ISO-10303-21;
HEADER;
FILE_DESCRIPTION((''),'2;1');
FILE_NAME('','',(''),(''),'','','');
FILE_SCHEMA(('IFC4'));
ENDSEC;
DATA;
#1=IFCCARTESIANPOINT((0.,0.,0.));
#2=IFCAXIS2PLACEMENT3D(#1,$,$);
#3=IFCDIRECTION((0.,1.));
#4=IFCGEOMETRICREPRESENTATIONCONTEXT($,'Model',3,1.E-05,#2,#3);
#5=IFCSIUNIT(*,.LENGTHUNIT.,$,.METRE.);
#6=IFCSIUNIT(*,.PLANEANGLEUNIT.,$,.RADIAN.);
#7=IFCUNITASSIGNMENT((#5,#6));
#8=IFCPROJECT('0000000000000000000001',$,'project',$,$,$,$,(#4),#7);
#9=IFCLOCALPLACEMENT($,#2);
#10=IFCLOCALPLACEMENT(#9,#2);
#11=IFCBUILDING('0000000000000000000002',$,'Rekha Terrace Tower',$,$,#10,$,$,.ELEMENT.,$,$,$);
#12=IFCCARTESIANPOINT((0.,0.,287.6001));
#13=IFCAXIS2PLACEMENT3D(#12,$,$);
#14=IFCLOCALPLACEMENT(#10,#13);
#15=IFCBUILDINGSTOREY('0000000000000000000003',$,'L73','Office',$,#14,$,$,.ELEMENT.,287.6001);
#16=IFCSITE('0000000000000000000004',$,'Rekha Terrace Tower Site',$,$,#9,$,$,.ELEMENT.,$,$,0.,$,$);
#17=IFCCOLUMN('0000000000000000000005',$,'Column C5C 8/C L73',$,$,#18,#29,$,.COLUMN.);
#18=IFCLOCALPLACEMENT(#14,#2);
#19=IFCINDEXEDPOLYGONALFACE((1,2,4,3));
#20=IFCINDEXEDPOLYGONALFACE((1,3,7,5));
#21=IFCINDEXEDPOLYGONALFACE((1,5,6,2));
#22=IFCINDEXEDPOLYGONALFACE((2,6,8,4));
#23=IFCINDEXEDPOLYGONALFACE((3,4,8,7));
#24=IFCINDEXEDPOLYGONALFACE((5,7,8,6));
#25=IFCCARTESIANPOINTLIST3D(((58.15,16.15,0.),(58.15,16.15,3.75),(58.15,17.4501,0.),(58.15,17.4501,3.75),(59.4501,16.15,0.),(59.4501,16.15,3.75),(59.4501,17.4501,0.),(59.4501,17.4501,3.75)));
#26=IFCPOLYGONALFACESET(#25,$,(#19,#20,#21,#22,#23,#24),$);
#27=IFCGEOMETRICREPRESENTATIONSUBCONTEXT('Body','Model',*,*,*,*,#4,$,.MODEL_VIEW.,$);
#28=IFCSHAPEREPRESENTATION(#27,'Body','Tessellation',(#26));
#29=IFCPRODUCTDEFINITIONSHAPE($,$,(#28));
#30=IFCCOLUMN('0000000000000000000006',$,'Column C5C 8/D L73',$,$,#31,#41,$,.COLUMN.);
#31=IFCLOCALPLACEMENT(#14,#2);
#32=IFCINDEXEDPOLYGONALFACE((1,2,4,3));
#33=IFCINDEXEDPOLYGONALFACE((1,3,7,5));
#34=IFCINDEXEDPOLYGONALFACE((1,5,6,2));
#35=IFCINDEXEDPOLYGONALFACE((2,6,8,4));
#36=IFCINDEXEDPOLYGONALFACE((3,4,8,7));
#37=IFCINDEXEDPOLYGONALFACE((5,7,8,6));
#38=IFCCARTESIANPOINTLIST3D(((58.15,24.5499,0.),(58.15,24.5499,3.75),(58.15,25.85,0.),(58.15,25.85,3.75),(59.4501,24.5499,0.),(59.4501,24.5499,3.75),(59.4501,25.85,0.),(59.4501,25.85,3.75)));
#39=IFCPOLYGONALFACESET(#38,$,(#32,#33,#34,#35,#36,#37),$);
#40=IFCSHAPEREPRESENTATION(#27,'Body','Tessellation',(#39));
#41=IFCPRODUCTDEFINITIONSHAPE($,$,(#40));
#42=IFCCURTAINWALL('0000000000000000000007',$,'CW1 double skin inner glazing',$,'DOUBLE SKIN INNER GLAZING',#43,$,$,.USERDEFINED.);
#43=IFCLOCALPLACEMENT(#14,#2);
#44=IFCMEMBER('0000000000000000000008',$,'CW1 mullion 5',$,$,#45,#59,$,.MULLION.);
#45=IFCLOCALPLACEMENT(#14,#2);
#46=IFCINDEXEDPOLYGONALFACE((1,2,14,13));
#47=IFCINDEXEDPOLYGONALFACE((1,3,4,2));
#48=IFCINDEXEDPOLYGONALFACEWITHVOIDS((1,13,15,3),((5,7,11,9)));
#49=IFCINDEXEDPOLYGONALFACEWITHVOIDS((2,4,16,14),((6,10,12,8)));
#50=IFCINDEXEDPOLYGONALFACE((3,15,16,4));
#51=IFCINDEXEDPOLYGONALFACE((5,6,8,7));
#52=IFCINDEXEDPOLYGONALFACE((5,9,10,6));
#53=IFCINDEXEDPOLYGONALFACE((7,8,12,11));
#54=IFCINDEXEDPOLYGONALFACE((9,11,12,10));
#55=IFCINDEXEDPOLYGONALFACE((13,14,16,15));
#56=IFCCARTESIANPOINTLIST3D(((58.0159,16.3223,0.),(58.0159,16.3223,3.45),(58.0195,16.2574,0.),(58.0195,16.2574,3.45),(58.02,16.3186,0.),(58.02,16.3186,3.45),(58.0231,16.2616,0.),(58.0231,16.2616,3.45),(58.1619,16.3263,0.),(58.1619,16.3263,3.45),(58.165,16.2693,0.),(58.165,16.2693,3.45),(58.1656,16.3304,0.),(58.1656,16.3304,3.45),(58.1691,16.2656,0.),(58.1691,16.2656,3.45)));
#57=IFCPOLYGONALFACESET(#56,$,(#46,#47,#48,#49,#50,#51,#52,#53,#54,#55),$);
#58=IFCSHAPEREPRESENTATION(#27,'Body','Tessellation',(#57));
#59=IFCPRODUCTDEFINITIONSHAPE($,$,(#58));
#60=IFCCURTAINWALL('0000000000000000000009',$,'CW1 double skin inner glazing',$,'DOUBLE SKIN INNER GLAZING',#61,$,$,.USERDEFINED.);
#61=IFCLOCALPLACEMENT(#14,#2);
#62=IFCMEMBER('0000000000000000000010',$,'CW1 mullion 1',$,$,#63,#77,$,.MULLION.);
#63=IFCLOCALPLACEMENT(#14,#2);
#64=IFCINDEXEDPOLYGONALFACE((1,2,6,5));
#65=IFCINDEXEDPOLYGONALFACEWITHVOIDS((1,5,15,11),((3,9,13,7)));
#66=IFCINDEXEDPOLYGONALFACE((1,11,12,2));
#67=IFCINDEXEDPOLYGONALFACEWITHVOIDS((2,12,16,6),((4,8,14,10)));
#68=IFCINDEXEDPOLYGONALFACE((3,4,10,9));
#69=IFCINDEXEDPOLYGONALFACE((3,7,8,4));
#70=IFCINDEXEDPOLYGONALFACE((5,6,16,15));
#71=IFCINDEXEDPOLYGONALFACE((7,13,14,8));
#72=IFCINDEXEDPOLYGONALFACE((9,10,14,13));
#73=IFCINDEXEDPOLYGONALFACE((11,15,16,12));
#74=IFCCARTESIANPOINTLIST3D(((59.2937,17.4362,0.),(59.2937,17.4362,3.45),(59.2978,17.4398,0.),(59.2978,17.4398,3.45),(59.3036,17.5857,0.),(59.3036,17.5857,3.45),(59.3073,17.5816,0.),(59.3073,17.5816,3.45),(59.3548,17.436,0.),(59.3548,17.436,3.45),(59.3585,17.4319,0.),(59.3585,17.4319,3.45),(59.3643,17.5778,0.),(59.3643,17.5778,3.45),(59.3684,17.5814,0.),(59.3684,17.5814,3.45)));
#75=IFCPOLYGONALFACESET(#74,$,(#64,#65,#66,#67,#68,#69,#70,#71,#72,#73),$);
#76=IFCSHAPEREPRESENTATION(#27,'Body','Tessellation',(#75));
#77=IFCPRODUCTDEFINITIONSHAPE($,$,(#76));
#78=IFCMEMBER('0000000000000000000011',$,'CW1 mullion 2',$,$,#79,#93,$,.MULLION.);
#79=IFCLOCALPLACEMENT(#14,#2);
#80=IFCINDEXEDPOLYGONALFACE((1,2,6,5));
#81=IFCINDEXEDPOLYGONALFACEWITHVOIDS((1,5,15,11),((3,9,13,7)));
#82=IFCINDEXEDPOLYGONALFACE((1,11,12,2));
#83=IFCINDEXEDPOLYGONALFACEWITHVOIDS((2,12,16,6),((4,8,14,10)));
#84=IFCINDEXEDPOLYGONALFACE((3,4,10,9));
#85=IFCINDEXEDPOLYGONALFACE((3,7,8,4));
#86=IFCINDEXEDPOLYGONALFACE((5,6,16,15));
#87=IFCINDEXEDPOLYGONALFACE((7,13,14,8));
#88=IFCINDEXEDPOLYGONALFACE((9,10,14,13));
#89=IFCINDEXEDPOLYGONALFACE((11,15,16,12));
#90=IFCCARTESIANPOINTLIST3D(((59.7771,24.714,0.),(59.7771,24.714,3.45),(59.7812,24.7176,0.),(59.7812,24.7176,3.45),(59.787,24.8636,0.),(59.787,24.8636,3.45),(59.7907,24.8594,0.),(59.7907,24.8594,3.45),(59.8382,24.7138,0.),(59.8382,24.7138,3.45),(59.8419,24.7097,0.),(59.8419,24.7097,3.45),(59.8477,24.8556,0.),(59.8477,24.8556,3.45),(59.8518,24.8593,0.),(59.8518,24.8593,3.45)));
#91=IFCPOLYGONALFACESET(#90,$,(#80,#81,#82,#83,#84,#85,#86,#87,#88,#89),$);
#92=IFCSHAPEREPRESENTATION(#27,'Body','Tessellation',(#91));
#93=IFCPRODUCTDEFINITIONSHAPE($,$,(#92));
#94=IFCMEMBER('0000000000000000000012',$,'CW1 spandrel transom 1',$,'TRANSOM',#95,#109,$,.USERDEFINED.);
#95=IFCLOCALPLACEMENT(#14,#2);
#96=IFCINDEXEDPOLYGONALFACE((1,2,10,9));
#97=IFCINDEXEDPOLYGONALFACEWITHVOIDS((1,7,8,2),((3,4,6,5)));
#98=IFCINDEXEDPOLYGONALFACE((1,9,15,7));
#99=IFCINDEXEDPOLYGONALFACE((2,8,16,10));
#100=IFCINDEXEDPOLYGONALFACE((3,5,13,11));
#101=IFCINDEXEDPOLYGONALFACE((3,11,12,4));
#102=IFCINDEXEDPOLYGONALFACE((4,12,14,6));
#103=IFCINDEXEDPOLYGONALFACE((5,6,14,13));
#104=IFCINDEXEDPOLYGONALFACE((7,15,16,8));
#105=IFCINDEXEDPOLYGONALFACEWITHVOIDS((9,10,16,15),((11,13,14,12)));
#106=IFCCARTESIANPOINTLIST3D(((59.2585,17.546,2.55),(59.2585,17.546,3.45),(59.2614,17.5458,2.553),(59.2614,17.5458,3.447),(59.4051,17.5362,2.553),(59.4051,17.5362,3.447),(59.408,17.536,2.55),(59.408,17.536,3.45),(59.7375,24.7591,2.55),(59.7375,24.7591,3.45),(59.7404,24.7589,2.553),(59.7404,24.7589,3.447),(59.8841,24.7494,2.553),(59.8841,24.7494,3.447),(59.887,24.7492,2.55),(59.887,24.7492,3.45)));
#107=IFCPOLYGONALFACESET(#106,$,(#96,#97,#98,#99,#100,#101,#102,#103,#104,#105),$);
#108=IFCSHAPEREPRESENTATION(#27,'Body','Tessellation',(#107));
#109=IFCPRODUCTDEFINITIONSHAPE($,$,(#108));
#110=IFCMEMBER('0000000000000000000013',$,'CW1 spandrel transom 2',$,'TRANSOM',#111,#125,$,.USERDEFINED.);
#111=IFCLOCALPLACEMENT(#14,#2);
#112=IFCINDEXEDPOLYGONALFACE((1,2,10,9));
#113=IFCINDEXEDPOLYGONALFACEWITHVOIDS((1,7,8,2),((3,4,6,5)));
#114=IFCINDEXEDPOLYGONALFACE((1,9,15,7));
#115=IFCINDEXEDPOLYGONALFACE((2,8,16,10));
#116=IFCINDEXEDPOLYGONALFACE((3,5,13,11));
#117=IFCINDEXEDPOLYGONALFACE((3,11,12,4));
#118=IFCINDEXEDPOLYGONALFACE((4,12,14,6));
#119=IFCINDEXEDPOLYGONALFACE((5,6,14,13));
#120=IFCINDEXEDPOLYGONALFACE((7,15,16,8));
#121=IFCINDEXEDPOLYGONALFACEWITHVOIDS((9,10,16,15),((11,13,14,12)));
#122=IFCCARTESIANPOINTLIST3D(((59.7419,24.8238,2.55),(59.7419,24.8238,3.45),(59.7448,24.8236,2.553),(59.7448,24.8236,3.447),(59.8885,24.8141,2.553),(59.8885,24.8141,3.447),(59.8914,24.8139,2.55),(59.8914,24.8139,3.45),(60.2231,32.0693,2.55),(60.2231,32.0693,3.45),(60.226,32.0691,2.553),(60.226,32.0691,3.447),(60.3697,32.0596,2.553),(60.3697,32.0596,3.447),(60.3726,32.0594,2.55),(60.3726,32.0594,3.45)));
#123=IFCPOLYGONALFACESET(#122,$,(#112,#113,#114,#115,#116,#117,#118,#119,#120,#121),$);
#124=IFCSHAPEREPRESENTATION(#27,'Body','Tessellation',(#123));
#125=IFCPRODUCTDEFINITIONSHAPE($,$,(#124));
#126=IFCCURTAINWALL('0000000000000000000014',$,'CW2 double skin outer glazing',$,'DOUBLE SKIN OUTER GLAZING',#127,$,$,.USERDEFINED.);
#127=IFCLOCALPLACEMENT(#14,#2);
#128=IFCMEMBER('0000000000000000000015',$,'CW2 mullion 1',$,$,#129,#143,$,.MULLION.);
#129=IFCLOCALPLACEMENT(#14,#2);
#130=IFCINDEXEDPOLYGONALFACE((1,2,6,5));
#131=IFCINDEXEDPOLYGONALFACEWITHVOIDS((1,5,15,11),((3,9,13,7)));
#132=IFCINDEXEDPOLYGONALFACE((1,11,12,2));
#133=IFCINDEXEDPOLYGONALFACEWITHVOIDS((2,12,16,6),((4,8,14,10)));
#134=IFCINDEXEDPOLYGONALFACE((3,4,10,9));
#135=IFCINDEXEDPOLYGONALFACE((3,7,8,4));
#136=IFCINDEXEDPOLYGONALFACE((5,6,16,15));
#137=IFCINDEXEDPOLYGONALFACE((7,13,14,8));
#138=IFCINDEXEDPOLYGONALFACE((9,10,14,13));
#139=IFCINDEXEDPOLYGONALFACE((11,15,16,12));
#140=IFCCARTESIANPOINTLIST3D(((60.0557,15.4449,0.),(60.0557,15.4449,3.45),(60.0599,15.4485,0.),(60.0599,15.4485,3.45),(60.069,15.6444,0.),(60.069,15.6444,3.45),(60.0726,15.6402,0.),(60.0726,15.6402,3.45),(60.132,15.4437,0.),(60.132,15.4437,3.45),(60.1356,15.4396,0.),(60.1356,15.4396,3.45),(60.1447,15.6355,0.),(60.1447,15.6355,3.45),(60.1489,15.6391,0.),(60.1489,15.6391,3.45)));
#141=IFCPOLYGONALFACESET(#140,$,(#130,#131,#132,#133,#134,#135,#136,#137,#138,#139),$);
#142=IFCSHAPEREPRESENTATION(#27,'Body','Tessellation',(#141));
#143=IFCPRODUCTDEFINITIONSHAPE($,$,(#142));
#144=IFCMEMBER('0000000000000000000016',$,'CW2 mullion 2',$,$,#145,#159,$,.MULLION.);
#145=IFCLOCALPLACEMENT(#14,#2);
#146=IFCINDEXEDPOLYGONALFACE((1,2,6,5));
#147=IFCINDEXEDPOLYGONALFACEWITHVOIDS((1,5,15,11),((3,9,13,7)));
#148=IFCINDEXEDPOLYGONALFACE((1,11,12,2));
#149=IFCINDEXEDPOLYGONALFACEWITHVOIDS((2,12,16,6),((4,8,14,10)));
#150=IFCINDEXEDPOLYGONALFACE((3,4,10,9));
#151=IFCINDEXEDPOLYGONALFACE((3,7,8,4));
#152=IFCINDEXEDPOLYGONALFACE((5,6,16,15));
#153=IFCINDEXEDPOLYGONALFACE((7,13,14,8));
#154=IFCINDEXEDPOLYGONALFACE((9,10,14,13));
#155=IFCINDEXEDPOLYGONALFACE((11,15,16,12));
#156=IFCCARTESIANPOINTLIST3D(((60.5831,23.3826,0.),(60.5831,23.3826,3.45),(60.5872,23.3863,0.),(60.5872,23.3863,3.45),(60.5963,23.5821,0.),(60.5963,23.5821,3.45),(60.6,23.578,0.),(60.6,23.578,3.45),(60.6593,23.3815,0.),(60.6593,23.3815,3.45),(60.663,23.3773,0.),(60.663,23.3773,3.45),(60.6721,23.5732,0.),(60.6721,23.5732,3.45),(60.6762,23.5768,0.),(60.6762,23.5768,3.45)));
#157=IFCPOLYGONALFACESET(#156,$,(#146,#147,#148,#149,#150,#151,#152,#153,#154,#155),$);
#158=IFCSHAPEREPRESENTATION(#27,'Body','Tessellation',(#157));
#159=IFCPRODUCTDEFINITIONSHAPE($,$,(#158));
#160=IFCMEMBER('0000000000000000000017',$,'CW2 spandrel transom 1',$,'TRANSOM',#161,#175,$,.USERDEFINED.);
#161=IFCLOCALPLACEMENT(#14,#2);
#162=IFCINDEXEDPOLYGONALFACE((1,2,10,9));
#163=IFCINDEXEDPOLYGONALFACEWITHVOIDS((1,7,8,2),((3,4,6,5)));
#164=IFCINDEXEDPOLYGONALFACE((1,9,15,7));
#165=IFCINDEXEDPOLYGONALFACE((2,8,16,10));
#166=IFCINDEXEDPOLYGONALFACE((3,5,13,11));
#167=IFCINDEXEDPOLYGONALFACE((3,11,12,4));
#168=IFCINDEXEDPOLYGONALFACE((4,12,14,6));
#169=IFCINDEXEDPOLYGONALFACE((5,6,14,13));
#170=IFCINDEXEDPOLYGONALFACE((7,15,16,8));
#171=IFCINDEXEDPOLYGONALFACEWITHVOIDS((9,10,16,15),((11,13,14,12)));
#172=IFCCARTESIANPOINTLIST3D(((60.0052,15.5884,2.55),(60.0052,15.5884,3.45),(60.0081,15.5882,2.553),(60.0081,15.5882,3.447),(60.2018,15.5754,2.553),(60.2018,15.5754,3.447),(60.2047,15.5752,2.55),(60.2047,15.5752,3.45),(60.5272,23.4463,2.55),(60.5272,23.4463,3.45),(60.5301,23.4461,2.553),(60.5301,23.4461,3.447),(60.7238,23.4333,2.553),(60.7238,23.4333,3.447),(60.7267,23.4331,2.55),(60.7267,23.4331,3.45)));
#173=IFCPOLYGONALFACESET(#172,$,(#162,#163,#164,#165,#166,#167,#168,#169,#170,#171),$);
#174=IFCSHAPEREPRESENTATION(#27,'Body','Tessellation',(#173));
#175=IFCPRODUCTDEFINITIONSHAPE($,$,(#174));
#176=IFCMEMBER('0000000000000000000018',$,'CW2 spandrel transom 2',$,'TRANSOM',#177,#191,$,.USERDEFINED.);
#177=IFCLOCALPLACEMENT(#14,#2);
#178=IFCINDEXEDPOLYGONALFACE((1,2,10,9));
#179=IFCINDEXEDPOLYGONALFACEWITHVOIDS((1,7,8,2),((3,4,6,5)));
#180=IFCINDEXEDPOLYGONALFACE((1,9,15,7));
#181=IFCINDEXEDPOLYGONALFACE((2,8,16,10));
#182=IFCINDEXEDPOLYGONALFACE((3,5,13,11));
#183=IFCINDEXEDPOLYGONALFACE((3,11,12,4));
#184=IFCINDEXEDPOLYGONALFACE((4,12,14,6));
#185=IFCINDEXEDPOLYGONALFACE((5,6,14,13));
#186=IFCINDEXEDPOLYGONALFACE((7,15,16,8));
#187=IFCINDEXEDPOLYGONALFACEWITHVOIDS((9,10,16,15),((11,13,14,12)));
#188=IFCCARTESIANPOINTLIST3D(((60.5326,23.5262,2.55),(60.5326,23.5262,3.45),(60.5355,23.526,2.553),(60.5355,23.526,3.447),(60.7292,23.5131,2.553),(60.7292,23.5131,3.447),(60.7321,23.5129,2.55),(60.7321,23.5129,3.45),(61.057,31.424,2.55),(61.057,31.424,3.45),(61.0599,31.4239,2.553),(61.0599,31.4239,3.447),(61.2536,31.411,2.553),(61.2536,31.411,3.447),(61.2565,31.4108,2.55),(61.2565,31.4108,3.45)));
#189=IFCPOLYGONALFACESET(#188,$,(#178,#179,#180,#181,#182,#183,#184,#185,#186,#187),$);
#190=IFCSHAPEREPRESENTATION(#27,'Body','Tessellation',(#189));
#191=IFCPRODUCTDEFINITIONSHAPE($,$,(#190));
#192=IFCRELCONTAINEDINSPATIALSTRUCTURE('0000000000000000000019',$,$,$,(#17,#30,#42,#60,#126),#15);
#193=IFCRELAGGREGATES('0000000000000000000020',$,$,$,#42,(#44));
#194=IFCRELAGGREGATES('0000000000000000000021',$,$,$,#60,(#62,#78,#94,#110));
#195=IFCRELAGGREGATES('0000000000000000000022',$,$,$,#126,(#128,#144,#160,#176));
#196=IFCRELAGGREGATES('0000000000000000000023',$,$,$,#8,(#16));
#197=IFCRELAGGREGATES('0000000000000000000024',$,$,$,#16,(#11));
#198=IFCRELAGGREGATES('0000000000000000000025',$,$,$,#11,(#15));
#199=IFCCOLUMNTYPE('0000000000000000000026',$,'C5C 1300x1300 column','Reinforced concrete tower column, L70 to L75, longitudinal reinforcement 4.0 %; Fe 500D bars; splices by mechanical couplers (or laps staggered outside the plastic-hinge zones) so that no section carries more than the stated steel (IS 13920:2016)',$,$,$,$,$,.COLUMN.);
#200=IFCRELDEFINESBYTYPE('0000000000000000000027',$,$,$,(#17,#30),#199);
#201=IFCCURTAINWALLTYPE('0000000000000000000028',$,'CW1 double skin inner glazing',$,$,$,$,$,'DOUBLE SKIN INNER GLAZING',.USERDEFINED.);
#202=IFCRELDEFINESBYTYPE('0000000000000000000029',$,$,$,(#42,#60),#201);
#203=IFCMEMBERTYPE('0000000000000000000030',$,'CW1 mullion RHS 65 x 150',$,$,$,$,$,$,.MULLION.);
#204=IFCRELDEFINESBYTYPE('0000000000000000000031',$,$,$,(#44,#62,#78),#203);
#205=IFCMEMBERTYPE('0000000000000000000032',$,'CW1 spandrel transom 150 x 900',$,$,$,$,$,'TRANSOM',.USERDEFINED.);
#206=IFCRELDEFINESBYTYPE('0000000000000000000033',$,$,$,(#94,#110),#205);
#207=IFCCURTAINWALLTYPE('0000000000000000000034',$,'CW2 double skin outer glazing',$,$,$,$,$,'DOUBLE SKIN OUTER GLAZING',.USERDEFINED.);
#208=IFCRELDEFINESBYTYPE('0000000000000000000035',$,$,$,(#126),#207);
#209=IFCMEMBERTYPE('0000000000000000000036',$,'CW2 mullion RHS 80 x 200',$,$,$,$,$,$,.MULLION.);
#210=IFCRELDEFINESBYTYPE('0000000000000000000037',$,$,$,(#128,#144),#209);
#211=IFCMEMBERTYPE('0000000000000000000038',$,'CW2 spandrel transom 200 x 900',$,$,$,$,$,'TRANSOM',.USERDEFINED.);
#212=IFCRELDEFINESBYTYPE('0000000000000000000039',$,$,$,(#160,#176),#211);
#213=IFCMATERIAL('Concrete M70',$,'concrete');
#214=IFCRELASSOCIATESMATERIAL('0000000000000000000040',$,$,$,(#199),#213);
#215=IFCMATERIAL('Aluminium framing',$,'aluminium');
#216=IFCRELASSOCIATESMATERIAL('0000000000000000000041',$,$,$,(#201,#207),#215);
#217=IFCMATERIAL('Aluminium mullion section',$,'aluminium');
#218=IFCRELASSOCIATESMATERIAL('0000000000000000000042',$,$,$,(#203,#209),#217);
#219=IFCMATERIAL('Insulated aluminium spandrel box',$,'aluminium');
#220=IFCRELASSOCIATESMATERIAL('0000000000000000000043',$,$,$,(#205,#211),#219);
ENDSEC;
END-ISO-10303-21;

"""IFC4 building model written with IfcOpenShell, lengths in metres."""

from ifc_helpers import new_model, si_unit, direction, frame, origin, origin_2d, place, context, subcontext, project, spatial, rectangle, hollow_rectangle, extrude, material, material_profile, profile_set, type_object, element, aggregate, save


model = new_model("IFC4")

# Units and contexts
model_context = context("Model", 3, precision=1e-05, world=origin(), true_north=direction((0.0, 1.0)))
body_context = subcontext(model_context, "Body", "Model", "MODEL_VIEW")
ifc_project = project(units=[si_unit("LENGTHUNIT", "METRE"), si_unit("PLANEANGLEUNIT", "RADIAN")], contexts=[model_context])

# Site, building, storey
site_placement = place(None, origin())
site = spatial("IfcSite", under=ifc_project, at=site_placement, Name="Rekha Terrace Tower Site", CompositionType="ELEMENT", RefElevation=0.0)
building_placement = place(site_placement, origin())
building = spatial("IfcBuilding", under=site, at=building_placement, Name="Rekha Terrace Tower", CompositionType="ELEMENT")
storey_placement = place(building_placement, frame((0.0, 0.0, 287.6001)))
storey = spatial("IfcBuildingStorey", under=building, at=storey_placement, Name="L73", Description="Office", CompositionType="ELEMENT", Elevation=287.6001)

# Columns
ifc_material_1 = material(Name="Concrete M70", Category="concrete")
ifc_material_profile_1 = material_profile(ifc_material_1, rectangle(XDim=1.3, YDim=1.3, at=origin_2d()), Name="RC 1300x1300")
ifc_profile_set_1 = profile_set([ifc_material_profile_1], Name="Concrete M70")
column_type = type_object("IfcColumnType", Name="C5C 1300x1300 column", Description="Reinforced concrete tower column, L70 to L75, longitudinal reinforcement 4.0 %; Fe 500D bars; splices by mechanical couplers (or laps staggered outside the plastic-hinge zones) so that no section carries more than the stated steel (IS 13920:2016)", PredefinedType="COLUMN", material=ifc_profile_set_1)
for number, where, z_axis, x_axis, name in (
    (1, (58.8, 16.8, 0.0), (0.0, 0.0, 1.0), (1.0, 0.0, 0.0), "Column C5C 8/C L73"),
    (2, (58.8, 25.2, 0.0), (0.0, 0.0, 1.0), (1.0, 0.0, 0.0), "Column C5C 8/D L73"),
):
    element("IfcColumn", number, at=place(storey_placement, frame(where, z_axis=z_axis, x_axis=x_axis)), inside=storey, type_object=column_type, Name=name, PredefinedType="COLUMN", context=body_context, shape_type="SweptSolid", body=[
        extrude(rectangle(XDim=1.3, YDim=1.3, at=origin_2d()), origin(), (0.0, 0.0, 1.0), 3.75),
    ])

# Curtain wall, member
ifc_material_2 = material(Name="Aluminium framing", Category="aluminium")
curtain_wall_type_1 = type_object("IfcCurtainWallType", Name="CW1 double skin inner glazing", ElementType="DOUBLE SKIN INNER GLAZING", PredefinedType="USERDEFINED", material=ifc_material_2)
curtain_wall_1_placement = place(storey_placement, origin())
curtain_wall_1 = element("IfcCurtainWall", 3, at=curtain_wall_1_placement, inside=storey, type_object=curtain_wall_type_1, Name="CW1 double skin inner glazing", ObjectType="DOUBLE SKIN INNER GLAZING", PredefinedType="USERDEFINED")
ifc_material_3 = material(Name="Aluminium mullion section", Category="aluminium")
ifc_material_profile_2 = material_profile(ifc_material_3, hollow_rectangle(XDim=0.0649, YDim=0.1499, WallThickness=0.0039, at=origin_2d()), Name="AL RHS 65x150")
ifc_profile_set_2 = profile_set([ifc_material_profile_2], Name="Aluminium mullion section")
member_type_1 = type_object("IfcMemberType", Name="CW1 mullion RHS 65 x 150", PredefinedType="MULLION", material=ifc_profile_set_2)
member_1_placement = place(storey_placement, frame((58.0925, 16.2939, 0.0), z_axis=(0.0, 0.0, 1.0), x_axis=(-0.054389, 0.99852, 0.0)))
member_1 = element("IfcMember", 4, at=member_1_placement, type_object=member_type_1, Name="CW1 mullion 5", PredefinedType="MULLION", context=body_context, shape_type="SweptSolid", body=[
    extrude(hollow_rectangle(XDim=0.0649, YDim=0.1499, WallThickness=0.0039, at=origin_2d()), origin(), (0.0, 0.0, 1.0), 3.45),
])

# Curtain walls, members
curtain_wall_2_placement = place(storey_placement, origin())
curtain_wall_2 = element("IfcCurtainWall", 5, at=curtain_wall_2_placement, inside=storey, type_object=curtain_wall_type_1, Name="CW1 double skin inner glazing", ObjectType="DOUBLE SKIN INNER GLAZING", PredefinedType="USERDEFINED")
member_2_placement = place(storey_placement, frame((59.3311, 17.5088, 0.0), z_axis=(0.0, 0.0, 1.0), x_axis=(-0.997802, 0.066272, 0.0)))
member_2 = element("IfcMember", 6, at=member_2_placement, type_object=member_type_1, Name="CW1 mullion 1", PredefinedType="MULLION", context=body_context, shape_type="SweptSolid", body=[
    extrude(hollow_rectangle(XDim=0.0649, YDim=0.1499, WallThickness=0.0039, at=origin_2d()), origin(), (0.0, 0.0, 1.0), 3.45),
])
member_3_placement = place(storey_placement, frame((59.8145, 24.7866, 0.0), z_axis=(0.0, 0.0, 1.0), x_axis=(-0.997802, 0.066272, 0.0)))
member_3 = element("IfcMember", 7, at=member_3_placement, type_object=member_type_1, Name="CW1 mullion 2", PredefinedType="MULLION", context=body_context, shape_type="SweptSolid", body=[
    extrude(hollow_rectangle(XDim=0.0649, YDim=0.1499, WallThickness=0.0039, at=origin_2d()), origin(), (0.0, 0.0, 1.0), 3.45),
])
ifc_material_4 = material(Name="Insulated aluminium spandrel box", Category="aluminium")
ifc_material_profile_3 = material_profile(ifc_material_4, hollow_rectangle(XDim=0.1499, YDim=0.8999, WallThickness=0.0029, at=origin_2d()), Name="AL SPANDREL BOX 150x900")
ifc_profile_set_3 = profile_set([ifc_material_profile_3], Name="Insulated aluminium spandrel box")
member_type_2 = type_object("IfcMemberType", Name="CW1 spandrel transom 150 x 900", ElementType="TRANSOM", PredefinedType="USERDEFINED", material=ifc_profile_set_3)
member_4_placement = place(storey_placement, frame((59.3333, 17.541, 3.0), z_axis=(0.066261, 0.997802, 0.0), x_axis=(-0.997802, 0.066261, 0.0)))
member_4 = element("IfcMember", 8, at=member_4_placement, type_object=member_type_2, Name="CW1 spandrel transom 1", ObjectType="TRANSOM", PredefinedType="USERDEFINED", context=body_context, shape_type="SweptSolid", body=[
    extrude(hollow_rectangle(XDim=0.1499, YDim=0.8999, WallThickness=0.0029, at=origin_2d()), origin(), (0.0, 0.0, 1.0), 7.229),
])
member_5_placement = place(storey_placement, frame((59.8167, 24.8188, 3.0), z_axis=(0.066267, 0.997802, 0.0), x_axis=(-0.997802, 0.066267, 0.0)))
member_5 = element("IfcMember", 9, at=member_5_placement, type_object=member_type_2, Name="CW1 spandrel transom 2", ObjectType="TRANSOM", PredefinedType="USERDEFINED", context=body_context, shape_type="SweptSolid", body=[
    extrude(hollow_rectangle(XDim=0.1499, YDim=0.8999, WallThickness=0.0029, at=origin_2d()), origin(), (0.0, 0.0, 1.0), 7.2615),
])
curtain_wall_type_2 = type_object("IfcCurtainWallType", Name="CW2 double skin outer glazing", ElementType="DOUBLE SKIN OUTER GLAZING", PredefinedType="USERDEFINED", material=ifc_material_2)
curtain_wall_3_placement = place(storey_placement, origin())
curtain_wall_3 = element("IfcCurtainWall", 10, at=curtain_wall_3_placement, inside=storey, type_object=curtain_wall_type_2, Name="CW2 double skin outer glazing", ObjectType="DOUBLE SKIN OUTER GLAZING", PredefinedType="USERDEFINED")
ifc_material_profile_4 = material_profile(ifc_material_3, hollow_rectangle(XDim=0.0801, YDim=0.2, WallThickness=0.0039, at=origin_2d()), Name="AL RHS 80x200")
ifc_profile_set_4 = profile_set([ifc_material_profile_4], Name="Aluminium mullion section")
member_type_3 = type_object("IfcMemberType", Name="CW2 mullion RHS 80 x 200", PredefinedType="MULLION", material=ifc_profile_set_4)
member_6_placement = place(storey_placement, frame((60.1023, 15.542, 0.0), z_axis=(0.0, 0.0, 1.0), x_axis=(-0.997802, 0.066272, 0.0)))
member_6 = element("IfcMember", 11, at=member_6_placement, type_object=member_type_3, Name="CW2 mullion 1", PredefinedType="MULLION", context=body_context, shape_type="SweptSolid", body=[
    extrude(hollow_rectangle(XDim=0.0801, YDim=0.2, WallThickness=0.0039, at=origin_2d()), origin(), (0.0, 0.0, 1.0), 3.45),
])
member_7_placement = place(storey_placement, frame((60.6296, 23.4797, 0.0), z_axis=(0.0, 0.0, 1.0), x_axis=(-0.997802, 0.066272, 0.0)))
member_7 = element("IfcMember", 12, at=member_7_placement, type_object=member_type_3, Name="CW2 mullion 2", PredefinedType="MULLION", context=body_context, shape_type="SweptSolid", body=[
    extrude(hollow_rectangle(XDim=0.0801, YDim=0.2, WallThickness=0.0039, at=origin_2d()), origin(), (0.0, 0.0, 1.0), 3.45),
])
ifc_material_profile_5 = material_profile(ifc_material_4, hollow_rectangle(XDim=0.2, YDim=0.8999, WallThickness=0.0029, at=origin_2d()), Name="AL SPANDREL BOX 200x900")
ifc_profile_set_5 = profile_set([ifc_material_profile_5], Name="Insulated aluminium spandrel box")
member_type_4 = type_object("IfcMemberType", Name="CW2 spandrel transom 200 x 900", ElementType="TRANSOM", PredefinedType="USERDEFINED", material=ifc_profile_set_5)
member_8_placement = place(storey_placement, frame((60.105, 15.5818, 3.0), z_axis=(0.06628, 0.997801, 0.0), x_axis=(-0.997801, 0.06628, 0.0)))
member_8 = element("IfcMember", 13, at=member_8_placement, type_object=member_type_4, Name="CW2 spandrel transom 1", ObjectType="TRANSOM", PredefinedType="USERDEFINED", context=body_context, shape_type="SweptSolid", body=[
    extrude(hollow_rectangle(XDim=0.2, YDim=0.8999, WallThickness=0.0029, at=origin_2d()), origin(), (0.0, 0.0, 1.0), 7.8752),
])
member_9_placement = place(storey_placement, frame((60.6323, 23.5195, 3.0), z_axis=(0.066253, 0.997803, 0.0), x_axis=(-0.997803, 0.066253, 0.0)))
member_9 = element("IfcMember", 14, at=member_9_placement, type_object=member_type_4, Name="CW2 spandrel transom 2", ObjectType="TRANSOM", PredefinedType="USERDEFINED", context=body_context, shape_type="SweptSolid", body=[
    extrude(hollow_rectangle(XDim=0.2, YDim=0.8999, WallThickness=0.0029, at=origin_2d()), origin(), (0.0, 0.0, 1.0), 7.9153),
])

aggregate(curtain_wall_1, [member_1])
aggregate(curtain_wall_2, [member_2, member_3, member_4, member_5])

aggregate(curtain_wall_3, [member_6, member_7, member_8, member_9])

save(model, "model.ifc")
